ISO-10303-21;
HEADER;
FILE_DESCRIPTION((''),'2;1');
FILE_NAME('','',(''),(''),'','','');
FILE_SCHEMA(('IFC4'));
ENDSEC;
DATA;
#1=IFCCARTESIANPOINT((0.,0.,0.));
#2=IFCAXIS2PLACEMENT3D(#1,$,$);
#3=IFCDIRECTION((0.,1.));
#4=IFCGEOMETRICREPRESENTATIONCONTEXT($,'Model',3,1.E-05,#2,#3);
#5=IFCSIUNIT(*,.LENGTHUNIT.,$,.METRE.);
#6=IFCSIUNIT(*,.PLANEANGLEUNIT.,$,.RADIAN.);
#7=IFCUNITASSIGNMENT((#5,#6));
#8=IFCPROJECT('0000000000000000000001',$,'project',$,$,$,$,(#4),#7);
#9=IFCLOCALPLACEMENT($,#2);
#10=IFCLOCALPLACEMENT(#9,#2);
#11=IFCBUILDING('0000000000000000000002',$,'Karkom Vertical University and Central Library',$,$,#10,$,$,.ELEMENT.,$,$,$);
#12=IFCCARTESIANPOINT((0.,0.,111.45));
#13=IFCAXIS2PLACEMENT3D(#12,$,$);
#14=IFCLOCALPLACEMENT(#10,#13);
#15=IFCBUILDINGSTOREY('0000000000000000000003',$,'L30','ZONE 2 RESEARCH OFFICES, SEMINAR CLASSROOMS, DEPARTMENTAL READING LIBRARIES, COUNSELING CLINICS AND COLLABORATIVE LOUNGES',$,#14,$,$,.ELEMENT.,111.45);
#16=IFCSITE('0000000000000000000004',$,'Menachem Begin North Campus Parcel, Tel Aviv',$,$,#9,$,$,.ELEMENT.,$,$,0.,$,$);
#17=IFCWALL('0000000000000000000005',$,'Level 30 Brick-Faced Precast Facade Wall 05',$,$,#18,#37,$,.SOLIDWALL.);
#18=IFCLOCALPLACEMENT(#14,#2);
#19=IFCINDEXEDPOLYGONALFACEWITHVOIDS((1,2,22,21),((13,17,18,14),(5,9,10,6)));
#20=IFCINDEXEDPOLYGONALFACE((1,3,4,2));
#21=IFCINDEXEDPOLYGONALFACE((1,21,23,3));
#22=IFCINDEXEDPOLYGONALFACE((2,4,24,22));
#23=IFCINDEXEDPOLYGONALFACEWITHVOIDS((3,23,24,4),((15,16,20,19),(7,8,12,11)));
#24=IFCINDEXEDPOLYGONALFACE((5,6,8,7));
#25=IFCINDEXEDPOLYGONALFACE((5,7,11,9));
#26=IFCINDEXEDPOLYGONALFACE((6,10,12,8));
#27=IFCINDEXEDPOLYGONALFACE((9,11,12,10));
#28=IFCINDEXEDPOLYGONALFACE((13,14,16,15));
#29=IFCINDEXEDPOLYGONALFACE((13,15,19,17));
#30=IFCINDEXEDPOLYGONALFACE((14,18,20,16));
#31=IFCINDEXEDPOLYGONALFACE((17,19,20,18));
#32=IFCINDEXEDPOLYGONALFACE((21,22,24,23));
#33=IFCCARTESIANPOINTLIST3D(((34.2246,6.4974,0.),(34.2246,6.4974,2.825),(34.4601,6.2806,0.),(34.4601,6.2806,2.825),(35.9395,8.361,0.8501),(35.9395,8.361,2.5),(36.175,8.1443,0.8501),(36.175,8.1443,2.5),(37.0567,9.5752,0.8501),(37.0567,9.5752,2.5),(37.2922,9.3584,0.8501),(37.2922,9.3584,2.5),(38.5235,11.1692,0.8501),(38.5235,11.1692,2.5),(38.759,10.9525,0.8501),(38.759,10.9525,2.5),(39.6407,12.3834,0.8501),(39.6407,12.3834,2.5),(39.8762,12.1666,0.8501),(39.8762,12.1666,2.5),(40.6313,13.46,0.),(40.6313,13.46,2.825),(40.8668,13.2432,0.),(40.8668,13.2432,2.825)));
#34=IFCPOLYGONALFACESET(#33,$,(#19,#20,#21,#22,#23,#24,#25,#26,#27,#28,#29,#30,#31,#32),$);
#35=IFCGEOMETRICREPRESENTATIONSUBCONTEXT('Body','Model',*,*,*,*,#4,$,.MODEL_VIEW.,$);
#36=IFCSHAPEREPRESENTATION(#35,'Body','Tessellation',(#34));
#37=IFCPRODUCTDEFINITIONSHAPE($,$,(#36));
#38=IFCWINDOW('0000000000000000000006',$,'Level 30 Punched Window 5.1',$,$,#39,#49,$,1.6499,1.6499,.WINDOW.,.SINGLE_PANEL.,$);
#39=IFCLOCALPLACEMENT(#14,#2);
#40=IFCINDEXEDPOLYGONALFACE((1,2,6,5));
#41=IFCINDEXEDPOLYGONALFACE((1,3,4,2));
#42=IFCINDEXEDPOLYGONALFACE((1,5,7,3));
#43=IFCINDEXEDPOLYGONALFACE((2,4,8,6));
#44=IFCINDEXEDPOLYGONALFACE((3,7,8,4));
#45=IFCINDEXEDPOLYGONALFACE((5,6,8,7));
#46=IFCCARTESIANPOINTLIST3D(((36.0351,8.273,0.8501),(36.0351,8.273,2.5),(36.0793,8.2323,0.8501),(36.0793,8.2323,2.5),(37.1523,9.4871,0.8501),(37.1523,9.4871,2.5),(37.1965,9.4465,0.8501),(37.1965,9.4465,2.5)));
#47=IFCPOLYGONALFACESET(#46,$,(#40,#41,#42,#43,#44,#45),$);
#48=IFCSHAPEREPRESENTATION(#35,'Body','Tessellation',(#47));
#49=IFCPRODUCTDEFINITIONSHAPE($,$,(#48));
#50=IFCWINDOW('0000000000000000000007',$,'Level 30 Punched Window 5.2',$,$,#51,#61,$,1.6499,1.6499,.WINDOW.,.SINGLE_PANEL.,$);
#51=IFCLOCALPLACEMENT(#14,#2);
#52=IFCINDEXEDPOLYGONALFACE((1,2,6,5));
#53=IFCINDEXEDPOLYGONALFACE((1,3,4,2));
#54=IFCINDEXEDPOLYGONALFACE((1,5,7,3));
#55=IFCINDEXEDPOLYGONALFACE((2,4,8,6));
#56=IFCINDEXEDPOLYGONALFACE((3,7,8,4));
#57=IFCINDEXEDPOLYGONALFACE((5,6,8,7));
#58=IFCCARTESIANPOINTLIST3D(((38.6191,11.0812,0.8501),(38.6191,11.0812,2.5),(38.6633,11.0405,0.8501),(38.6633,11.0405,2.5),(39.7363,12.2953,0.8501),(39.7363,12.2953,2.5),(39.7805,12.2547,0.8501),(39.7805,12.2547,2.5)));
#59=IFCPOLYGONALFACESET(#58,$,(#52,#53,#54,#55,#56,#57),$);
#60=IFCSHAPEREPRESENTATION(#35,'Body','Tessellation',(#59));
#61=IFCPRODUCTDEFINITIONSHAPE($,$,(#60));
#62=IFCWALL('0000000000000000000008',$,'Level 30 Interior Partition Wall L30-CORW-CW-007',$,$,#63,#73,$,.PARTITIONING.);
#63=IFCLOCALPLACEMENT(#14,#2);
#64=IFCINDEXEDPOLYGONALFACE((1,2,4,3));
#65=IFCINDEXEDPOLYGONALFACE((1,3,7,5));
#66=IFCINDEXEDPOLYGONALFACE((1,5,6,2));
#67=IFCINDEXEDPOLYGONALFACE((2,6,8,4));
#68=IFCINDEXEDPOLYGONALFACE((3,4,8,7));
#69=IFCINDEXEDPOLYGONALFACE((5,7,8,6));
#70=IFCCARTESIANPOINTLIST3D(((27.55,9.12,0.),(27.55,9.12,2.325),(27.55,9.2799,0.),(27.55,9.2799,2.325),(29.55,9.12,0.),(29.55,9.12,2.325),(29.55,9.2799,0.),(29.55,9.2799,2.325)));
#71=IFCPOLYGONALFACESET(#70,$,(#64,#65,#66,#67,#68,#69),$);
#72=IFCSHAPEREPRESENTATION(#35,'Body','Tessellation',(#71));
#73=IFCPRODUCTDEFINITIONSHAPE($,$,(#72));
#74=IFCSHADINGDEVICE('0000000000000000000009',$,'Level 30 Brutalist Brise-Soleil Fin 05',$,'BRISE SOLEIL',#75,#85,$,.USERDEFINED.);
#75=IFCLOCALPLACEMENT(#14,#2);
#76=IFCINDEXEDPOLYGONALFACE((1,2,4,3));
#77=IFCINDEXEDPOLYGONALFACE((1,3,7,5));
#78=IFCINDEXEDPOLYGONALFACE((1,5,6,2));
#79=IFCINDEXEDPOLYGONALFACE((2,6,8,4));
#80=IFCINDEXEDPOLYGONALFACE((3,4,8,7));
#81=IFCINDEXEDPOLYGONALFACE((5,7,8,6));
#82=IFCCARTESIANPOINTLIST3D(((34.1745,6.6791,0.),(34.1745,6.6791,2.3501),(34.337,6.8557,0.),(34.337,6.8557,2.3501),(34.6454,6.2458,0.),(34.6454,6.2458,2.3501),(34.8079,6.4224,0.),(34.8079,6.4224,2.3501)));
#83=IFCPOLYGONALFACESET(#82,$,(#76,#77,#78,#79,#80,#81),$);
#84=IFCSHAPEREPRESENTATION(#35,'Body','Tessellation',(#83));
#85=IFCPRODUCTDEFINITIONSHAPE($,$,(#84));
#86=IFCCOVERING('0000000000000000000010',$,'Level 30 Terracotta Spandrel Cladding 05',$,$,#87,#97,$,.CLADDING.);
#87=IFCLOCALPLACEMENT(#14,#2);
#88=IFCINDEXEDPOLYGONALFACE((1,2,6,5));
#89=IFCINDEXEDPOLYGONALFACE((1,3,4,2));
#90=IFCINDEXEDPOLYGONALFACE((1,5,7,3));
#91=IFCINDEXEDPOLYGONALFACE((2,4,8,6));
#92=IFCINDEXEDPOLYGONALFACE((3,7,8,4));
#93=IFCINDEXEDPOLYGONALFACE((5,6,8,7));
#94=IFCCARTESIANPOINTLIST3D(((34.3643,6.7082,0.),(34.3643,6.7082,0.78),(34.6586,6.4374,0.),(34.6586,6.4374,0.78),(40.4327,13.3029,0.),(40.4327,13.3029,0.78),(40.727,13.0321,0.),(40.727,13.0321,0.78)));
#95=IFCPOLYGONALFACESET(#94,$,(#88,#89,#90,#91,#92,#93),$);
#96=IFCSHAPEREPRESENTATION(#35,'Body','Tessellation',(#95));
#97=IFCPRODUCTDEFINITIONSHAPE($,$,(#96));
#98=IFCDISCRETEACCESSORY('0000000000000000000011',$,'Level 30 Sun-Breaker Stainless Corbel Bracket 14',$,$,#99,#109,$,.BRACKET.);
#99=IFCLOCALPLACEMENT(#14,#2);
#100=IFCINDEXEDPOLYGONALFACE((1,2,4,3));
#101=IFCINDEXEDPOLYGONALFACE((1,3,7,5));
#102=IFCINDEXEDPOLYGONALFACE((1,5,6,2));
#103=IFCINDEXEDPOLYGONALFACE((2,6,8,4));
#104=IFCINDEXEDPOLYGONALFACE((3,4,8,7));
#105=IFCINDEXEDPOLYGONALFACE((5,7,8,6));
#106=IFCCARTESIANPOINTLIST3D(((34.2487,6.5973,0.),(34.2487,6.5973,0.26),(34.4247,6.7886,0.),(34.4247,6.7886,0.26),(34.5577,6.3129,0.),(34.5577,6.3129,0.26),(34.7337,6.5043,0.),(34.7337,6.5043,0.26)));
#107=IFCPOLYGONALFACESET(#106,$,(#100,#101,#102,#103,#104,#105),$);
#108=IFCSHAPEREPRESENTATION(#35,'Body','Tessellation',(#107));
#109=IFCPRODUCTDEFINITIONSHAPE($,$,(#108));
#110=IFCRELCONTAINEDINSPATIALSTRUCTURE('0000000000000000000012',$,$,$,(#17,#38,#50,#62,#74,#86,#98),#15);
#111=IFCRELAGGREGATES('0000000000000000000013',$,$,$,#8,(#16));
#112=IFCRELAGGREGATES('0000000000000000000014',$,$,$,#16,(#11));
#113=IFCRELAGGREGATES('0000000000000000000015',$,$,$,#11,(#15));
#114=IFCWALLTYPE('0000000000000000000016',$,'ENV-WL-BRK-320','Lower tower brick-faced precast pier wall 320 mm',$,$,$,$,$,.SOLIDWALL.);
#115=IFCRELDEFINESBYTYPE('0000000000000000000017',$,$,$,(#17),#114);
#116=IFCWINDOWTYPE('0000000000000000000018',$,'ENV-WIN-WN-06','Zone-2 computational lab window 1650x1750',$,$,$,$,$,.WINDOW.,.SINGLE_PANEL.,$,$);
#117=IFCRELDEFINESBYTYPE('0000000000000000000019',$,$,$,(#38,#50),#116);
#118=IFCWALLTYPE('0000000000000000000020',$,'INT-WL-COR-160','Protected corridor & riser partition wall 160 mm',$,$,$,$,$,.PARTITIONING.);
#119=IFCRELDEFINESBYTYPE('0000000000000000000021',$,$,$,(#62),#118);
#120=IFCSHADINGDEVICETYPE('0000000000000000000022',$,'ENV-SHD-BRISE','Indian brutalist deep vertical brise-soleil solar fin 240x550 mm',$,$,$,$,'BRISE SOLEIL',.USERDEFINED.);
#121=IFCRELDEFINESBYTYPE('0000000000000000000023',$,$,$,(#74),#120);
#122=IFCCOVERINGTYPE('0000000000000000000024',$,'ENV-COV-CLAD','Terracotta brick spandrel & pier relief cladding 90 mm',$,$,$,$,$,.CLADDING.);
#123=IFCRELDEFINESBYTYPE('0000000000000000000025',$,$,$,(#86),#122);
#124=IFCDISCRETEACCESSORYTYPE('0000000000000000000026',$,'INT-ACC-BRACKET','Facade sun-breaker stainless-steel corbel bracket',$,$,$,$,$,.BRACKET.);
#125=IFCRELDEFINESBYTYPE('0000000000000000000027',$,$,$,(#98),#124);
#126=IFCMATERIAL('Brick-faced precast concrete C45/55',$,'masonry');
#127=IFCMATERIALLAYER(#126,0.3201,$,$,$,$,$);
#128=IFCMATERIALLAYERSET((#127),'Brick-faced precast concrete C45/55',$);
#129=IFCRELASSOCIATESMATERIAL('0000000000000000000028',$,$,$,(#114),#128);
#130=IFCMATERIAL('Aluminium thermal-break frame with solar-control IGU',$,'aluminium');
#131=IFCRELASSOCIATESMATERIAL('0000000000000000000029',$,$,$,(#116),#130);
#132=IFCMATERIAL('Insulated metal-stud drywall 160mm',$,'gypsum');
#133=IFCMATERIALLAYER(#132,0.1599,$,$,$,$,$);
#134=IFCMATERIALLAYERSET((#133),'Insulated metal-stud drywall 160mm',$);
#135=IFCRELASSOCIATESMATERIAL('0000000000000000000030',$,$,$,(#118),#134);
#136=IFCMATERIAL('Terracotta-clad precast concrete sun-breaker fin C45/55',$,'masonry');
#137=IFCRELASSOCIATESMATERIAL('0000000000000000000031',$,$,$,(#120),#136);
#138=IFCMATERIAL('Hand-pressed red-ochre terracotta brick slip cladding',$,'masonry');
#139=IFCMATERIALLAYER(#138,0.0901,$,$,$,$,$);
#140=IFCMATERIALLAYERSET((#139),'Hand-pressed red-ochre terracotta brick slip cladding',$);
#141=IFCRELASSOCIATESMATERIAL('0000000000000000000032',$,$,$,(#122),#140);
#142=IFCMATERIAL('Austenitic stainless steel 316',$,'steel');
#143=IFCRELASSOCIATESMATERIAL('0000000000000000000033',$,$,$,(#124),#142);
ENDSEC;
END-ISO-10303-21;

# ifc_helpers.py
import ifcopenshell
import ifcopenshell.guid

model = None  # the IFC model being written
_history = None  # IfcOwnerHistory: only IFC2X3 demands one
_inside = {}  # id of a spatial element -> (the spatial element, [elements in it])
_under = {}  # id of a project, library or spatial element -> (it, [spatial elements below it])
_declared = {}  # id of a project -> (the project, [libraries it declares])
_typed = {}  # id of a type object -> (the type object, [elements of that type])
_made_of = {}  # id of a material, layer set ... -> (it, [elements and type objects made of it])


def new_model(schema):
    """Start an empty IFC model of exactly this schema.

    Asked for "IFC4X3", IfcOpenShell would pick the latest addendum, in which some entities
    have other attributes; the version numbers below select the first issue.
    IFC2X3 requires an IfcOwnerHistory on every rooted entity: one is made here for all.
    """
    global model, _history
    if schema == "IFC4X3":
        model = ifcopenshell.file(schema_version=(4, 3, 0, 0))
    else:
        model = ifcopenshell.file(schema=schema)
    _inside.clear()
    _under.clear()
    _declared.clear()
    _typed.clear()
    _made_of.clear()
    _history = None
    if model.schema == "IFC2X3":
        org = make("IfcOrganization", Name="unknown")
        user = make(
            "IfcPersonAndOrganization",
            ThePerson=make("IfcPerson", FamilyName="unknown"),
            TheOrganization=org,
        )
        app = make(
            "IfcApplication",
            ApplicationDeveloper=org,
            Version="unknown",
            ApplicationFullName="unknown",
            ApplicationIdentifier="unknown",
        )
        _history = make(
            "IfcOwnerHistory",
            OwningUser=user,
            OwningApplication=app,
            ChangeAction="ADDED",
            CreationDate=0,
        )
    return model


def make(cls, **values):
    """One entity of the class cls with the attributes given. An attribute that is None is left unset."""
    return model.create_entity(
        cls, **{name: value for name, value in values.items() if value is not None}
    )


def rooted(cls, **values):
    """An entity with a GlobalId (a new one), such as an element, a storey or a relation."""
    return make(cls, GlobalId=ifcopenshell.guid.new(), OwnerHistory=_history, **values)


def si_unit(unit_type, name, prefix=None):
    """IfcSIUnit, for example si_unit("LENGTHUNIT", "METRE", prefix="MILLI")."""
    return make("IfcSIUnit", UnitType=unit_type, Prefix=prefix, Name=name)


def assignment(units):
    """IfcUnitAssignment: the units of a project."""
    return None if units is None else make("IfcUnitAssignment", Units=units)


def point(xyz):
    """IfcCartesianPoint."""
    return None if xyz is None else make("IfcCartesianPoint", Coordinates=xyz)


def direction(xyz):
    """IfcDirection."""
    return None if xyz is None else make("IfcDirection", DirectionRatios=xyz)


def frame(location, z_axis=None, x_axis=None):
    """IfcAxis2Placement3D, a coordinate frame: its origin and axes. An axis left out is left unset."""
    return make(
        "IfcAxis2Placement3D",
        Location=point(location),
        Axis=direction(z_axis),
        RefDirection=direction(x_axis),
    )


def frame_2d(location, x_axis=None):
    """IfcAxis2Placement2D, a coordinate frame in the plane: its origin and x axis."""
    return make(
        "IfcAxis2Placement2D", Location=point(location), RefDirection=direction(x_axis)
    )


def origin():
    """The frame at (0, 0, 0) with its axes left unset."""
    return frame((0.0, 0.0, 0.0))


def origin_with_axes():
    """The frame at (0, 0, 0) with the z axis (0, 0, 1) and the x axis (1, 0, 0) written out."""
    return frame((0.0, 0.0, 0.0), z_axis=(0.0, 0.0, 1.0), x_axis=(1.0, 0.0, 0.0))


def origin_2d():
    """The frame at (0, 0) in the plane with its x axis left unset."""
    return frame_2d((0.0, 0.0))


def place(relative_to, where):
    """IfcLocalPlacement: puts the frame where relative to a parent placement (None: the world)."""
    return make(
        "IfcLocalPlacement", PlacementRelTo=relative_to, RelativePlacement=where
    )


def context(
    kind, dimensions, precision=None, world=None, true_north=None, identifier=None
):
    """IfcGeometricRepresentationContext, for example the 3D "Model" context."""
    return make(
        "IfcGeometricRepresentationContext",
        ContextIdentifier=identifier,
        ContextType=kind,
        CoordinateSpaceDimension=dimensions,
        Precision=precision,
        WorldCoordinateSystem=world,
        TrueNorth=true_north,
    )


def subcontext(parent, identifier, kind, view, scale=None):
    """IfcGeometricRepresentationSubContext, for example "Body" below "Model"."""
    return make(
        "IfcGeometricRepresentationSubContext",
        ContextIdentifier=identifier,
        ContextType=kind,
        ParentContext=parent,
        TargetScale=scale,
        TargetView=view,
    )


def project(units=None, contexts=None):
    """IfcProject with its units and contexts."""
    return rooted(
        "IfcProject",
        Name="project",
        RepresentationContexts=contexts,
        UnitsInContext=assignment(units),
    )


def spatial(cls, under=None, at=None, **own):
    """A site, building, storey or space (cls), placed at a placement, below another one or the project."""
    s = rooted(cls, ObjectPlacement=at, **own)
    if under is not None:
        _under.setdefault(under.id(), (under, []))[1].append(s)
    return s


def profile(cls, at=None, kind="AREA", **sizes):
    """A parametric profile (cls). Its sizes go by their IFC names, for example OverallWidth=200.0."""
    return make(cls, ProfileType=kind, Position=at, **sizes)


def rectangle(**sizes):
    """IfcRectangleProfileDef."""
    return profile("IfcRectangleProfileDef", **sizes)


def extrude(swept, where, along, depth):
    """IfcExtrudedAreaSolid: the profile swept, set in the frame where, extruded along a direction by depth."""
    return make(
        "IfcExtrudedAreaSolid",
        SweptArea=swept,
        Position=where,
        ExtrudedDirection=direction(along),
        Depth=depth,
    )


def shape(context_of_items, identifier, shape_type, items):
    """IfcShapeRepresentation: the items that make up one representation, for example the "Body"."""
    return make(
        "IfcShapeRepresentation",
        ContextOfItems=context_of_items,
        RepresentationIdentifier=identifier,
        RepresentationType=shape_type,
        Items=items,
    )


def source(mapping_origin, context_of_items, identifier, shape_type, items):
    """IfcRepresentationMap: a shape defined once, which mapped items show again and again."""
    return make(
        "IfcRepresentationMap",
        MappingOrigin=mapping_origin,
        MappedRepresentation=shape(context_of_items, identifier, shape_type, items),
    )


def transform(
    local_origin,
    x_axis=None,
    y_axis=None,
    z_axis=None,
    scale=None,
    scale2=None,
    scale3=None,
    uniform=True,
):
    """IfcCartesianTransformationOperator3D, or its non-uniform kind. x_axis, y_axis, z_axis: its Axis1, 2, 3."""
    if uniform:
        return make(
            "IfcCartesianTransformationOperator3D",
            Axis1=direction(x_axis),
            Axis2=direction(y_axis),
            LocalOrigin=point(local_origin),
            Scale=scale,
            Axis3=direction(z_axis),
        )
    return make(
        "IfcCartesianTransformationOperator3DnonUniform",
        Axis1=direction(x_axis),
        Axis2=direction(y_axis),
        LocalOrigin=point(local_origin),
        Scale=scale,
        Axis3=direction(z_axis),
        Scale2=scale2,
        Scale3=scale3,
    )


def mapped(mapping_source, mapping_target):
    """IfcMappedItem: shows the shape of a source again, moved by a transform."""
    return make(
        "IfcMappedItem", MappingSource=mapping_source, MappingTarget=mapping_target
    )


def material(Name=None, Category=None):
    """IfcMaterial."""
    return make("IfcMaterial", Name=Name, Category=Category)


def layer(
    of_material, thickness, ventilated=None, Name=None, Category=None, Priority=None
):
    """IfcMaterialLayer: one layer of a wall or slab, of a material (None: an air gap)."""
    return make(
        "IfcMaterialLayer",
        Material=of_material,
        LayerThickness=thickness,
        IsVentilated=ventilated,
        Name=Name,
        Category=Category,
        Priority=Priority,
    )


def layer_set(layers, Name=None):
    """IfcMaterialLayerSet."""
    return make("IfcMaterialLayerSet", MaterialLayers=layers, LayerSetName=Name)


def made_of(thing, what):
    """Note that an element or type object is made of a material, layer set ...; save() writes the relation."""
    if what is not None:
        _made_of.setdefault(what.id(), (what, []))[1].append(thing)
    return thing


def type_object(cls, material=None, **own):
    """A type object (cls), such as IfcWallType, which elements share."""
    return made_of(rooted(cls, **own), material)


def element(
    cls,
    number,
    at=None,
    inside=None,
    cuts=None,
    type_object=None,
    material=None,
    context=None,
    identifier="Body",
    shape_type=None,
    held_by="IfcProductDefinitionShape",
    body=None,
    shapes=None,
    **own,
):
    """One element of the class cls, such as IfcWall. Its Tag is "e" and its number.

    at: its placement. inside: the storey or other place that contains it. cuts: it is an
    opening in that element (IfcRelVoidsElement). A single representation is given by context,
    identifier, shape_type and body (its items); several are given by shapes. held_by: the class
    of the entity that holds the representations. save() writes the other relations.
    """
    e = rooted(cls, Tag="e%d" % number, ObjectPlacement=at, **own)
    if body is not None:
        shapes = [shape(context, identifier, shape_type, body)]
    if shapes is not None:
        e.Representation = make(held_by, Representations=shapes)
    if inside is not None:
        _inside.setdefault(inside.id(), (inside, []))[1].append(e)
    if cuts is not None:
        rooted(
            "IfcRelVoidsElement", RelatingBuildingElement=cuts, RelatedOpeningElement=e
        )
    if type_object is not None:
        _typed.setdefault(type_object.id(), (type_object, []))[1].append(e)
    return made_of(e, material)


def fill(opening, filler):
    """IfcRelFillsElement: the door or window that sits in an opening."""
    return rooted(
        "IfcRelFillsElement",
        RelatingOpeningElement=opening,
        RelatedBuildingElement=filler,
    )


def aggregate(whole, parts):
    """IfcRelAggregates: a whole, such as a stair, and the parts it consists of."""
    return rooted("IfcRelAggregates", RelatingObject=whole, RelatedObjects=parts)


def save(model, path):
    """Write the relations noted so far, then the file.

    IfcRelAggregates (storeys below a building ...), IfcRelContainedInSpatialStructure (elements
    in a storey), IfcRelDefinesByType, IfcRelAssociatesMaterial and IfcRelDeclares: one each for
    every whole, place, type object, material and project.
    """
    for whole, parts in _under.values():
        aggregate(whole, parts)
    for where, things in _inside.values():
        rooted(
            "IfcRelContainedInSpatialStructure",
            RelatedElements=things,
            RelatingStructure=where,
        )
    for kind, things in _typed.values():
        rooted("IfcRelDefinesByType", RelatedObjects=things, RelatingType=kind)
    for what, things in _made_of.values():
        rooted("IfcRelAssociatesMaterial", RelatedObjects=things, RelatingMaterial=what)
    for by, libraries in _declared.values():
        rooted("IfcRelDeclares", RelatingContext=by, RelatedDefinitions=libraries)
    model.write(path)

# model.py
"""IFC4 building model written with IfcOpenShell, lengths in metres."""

from ifc_helpers import new_model, si_unit, direction, frame, frame_2d, origin, origin_with_axes, origin_2d, place, context, subcontext, project, spatial, rectangle, extrude, source, transform, mapped, material, layer, layer_set, type_object, element, fill, save


model = new_model("IFC4")

# Units and contexts
model_context = context("Model", 3, precision=1e-05, world=origin(), true_north=direction((0.0, 1.0)))
body_context = subcontext(model_context, "Body", "Model", "MODEL_VIEW")
ifc_project = project(units=[si_unit("LENGTHUNIT", "METRE"), si_unit("PLANEANGLEUNIT", "RADIAN")], contexts=[model_context])

# Site, building, storey
site_placement = place(None, origin())
site = spatial("IfcSite", under=ifc_project, at=site_placement, Name="Menachem Begin North Campus Parcel, Tel Aviv", CompositionType="ELEMENT", RefElevation=0.0)
building_placement = place(site_placement, origin())
building = spatial("IfcBuilding", under=site, at=building_placement, Name="Karkom Vertical University and Central Library", CompositionType="ELEMENT")
storey_placement = place(building_placement, frame((0.0, 0.0, 111.45)))
storey = spatial("IfcBuildingStorey", under=building, at=storey_placement, Name="L30", Description="ZONE 2 RESEARCH OFFICES, SEMINAR CLASSROOMS, DEPARTMENTAL READING LIBRARIES, COUNSELING CLINICS AND COLLABORATIVE LOUNGES", CompositionType="ELEMENT", Elevation=111.45)

# Wall, openings, windows
ifc_material_1 = material(Name="Brick-faced precast concrete C45/55", Category="masonry")
ifc_layer_1 = layer(ifc_material_1, 0.3201)
ifc_layer_set_1 = layer_set([ifc_layer_1], Name="Brick-faced precast concrete C45/55")
wall_type_1 = type_object("IfcWallType", Name="ENV-WL-BRK-320", Description="Lower tower brick-faced precast pier wall 320 mm", PredefinedType="SOLIDWALL", material=ifc_layer_set_1)
wall_1_placement = place(storey_placement, frame((34.3423, 6.3889, 0.0), z_axis=(0.0, 0.0, 1.0), x_axis=(0.67712, 0.735873, 0.0)))
wall_1 = element("IfcWall", 1, at=wall_1_placement, inside=storey, type_object=wall_type_1, Name="Level 30 Brick-Faced Precast Facade Wall 05", PredefinedType="SOLIDWALL", context=body_context, shape_type="SweptSolid", body=[
    extrude(rectangle(XDim=9.4617, YDim=0.3201, at=frame_2d((4.731, 0.0))), origin(), (0.0, 0.0, 1.0), 2.825),
])
opening_1_placement = place(wall_1_placement, frame((2.5327, 0.0, 0.8501)))
opening_1 = element("IfcOpeningElement", 2, at=opening_1_placement, cuts=wall_1, PredefinedType="OPENING", context=body_context, shape_type="SweptSolid", body=[
    extrude(rectangle(XDim=1.6499, YDim=1.6499, at=frame_2d((0.825, 0.825))), frame((0.0, 0.1699, 0.0), z_axis=(0.0, -1.0, 0.0), x_axis=(1.0, 0.0, 0.0)), (0.0, 0.0, 1.0), 0.3401),
])
opening_2_placement = place(wall_1_placement, frame((6.3489, 0.0, 0.8501)))
opening_2 = element("IfcOpeningElement", 3, at=opening_2_placement, cuts=wall_1, PredefinedType="OPENING", context=body_context, shape_type="SweptSolid", body=[
    extrude(rectangle(XDim=1.6499, YDim=1.6499, at=frame_2d((0.825, 0.825))), frame((0.0, 0.1699, 0.0), z_axis=(0.0, -1.0, 0.0), x_axis=(1.0, 0.0, 0.0)), (0.0, 0.0, 1.0), 0.3401),
])
ifc_material_2 = material(Name="Aluminium thermal-break frame with solar-control IGU", Category="aluminium")
window_type = type_object("IfcWindowType", Name="ENV-WIN-WN-06", Description="Zone-2 computational lab window 1650x1750", PartitioningType="SINGLE_PANEL", PredefinedType="WINDOW", material=ifc_material_2)
shared_shape_1 = source(origin_with_axes(), body_context, "Body", "SweptSolid", [
    extrude(rectangle(XDim=1.6499, YDim=1.6499, at=frame_2d((0.825, 0.825))), frame((0.0, 0.03, 0.0), z_axis=(0.0, -1.0, 0.0), x_axis=(1.0, 0.0, 0.0)), (0.0, 0.0, 1.0), 0.0601),
])
window_1_placement = place(opening_1_placement, origin())
window_1 = element("IfcWindow", 4, at=window_1_placement, inside=storey, type_object=window_type, Name="Level 30 Punched Window 5.1", OverallHeight=1.6499, OverallWidth=1.6499, PartitioningType="SINGLE_PANEL", PredefinedType="WINDOW", context=body_context, shape_type="MappedRepresentation", body=[
    mapped(shared_shape_1, transform((0.0, 0.0, 0.0), scale=1.0)),
])
fill(opening_1, window_1)
window_2_placement = place(opening_2_placement, origin())
window_2 = element("IfcWindow", 5, at=window_2_placement, inside=storey, type_object=window_type, Name="Level 30 Punched Window 5.2", OverallHeight=1.6499, OverallWidth=1.6499, PartitioningType="SINGLE_PANEL", PredefinedType="WINDOW", context=body_context, shape_type="MappedRepresentation", body=[
    mapped(shared_shape_1, transform((0.0, 0.0, 0.0), scale=1.0)),
])
fill(opening_2, window_2)

# Shared definitions
ifc_material_3 = material(Name="Insulated metal-stud drywall 160mm", Category="gypsum")
ifc_layer_2 = layer(ifc_material_3, 0.1599)
ifc_layer_set_2 = layer_set([ifc_layer_2], Name="Insulated metal-stud drywall 160mm")
wall_type_2 = type_object("IfcWallType", Name="INT-WL-COR-160", Description="Protected corridor & riser partition wall 160 mm", PredefinedType="PARTITIONING", material=ifc_layer_set_2)

# Wall
wall_2_placement = place(storey_placement, frame((29.55, 9.2, 0.0), z_axis=(0.0, 0.0, 1.0), x_axis=(-1.0, 0.0, 0.0)))
element("IfcWall", 6, at=wall_2_placement, inside=storey, type_object=wall_type_2, Name="Level 30 Interior Partition Wall L30-CORW-CW-007", PredefinedType="PARTITIONING", context=body_context, shape_type="SweptSolid", body=[
    extrude(rectangle(XDim=2.0, YDim=0.1599, at=frame_2d((1.0, 0.0))), origin(), (0.0, 0.0, 1.0), 2.325),
])

# Shading device
ifc_material_4 = material(Name="Terracotta-clad precast concrete sun-breaker fin C45/55", Category="masonry")
shading_device_type = type_object("IfcShadingDeviceType", Name="ENV-SHD-BRISE", Description="Indian brutalist deep vertical brise-soleil solar fin 240x550 mm", ElementType="BRISE SOLEIL", PredefinedType="USERDEFINED", material=ifc_material_4)
shared_shape_2 = source(origin_with_axes(), body_context, "Body", "SweptSolid", [
    extrude(rectangle(XDim=0.24, YDim=0.6399, at=origin_2d()), origin(), (0.0, 0.0, 1.0), 2.3501),
])
shading_device_placement = place(storey_placement, frame((34.4912, 6.5508, 0.0), z_axis=(0.0, 0.0, 1.0), x_axis=(0.677133, 0.735861, 0.0)))
element("IfcShadingDevice", 7, at=shading_device_placement, inside=storey, type_object=shading_device_type, Name="Level 30 Brutalist Brise-Soleil Fin 05", ObjectType="BRISE SOLEIL", PredefinedType="USERDEFINED", context=body_context, shape_type="MappedRepresentation", body=[
    mapped(shared_shape_2, transform((0.0, 0.0, 0.0), scale=1.0)),
])

# Covering
ifc_material_5 = material(Name="Hand-pressed red-ochre terracotta brick slip cladding", Category="masonry")
ifc_layer_3 = layer(ifc_material_5, 0.0901)
ifc_layer_set_3 = layer_set([ifc_layer_3], Name="Hand-pressed red-ochre terracotta brick slip cladding")
covering_type = type_object("IfcCoveringType", Name="ENV-COV-CLAD", Description="Terracotta brick spandrel & pier relief cladding 90 mm", PredefinedType="CLADDING", material=ifc_layer_set_3)
shared_shape_3 = source(origin_with_axes(), body_context, "Body", "SweptSolid", [
    extrude(rectangle(XDim=8.9619, YDim=0.3999, at=origin_2d()), origin(), (0.0, 0.0, 1.0), 0.78),
])
covering_placement = place(storey_placement, frame((37.5457, 9.8701, 0.0), z_axis=(0.0, 0.0, 1.0), x_axis=(0.677133, 0.735861, 0.0)))
element("IfcCovering", 8, at=covering_placement, inside=storey, type_object=covering_type, Name="Level 30 Terracotta Spandrel Cladding 05", PredefinedType="CLADDING", context=body_context, shape_type="MappedRepresentation", body=[
    mapped(shared_shape_3, transform((0.0, 0.0, 0.0), scale=1.0)),
])

# Discrete accessory
ifc_material_6 = material(Name="Austenitic stainless steel 316", Category="steel")
discrete_accessory_type = type_object("IfcDiscreteAccessoryType", Name="INT-ACC-BRACKET", Description="Facade sun-breaker stainless-steel corbel bracket", PredefinedType="BRACKET", material=ifc_material_6)
shared_shape_4 = source(origin_with_axes(), body_context, "Body", "SweptSolid", [
    extrude(rectangle(XDim=0.26, YDim=0.4199, at=origin_2d()), origin(), (0.0, 0.0, 1.0), 0.26),
])
discrete_accessory_placement = place(storey_placement, frame((34.4912, 6.5508, 0.0), z_axis=(0.0, 0.0, 1.0), x_axis=(0.677133, 0.735861, 0.0)))
element("IfcDiscreteAccessory", 9, at=discrete_accessory_placement, inside=storey, type_object=discrete_accessory_type, Name="Level 30 Sun-Breaker Stainless Corbel Bracket 14", PredefinedType="BRACKET", context=body_context, shape_type="MappedRepresentation", body=[
    mapped(shared_shape_4, transform((0.0, 0.0, 0.0), scale=1.0)),
])

save(model, "model.ifc")
